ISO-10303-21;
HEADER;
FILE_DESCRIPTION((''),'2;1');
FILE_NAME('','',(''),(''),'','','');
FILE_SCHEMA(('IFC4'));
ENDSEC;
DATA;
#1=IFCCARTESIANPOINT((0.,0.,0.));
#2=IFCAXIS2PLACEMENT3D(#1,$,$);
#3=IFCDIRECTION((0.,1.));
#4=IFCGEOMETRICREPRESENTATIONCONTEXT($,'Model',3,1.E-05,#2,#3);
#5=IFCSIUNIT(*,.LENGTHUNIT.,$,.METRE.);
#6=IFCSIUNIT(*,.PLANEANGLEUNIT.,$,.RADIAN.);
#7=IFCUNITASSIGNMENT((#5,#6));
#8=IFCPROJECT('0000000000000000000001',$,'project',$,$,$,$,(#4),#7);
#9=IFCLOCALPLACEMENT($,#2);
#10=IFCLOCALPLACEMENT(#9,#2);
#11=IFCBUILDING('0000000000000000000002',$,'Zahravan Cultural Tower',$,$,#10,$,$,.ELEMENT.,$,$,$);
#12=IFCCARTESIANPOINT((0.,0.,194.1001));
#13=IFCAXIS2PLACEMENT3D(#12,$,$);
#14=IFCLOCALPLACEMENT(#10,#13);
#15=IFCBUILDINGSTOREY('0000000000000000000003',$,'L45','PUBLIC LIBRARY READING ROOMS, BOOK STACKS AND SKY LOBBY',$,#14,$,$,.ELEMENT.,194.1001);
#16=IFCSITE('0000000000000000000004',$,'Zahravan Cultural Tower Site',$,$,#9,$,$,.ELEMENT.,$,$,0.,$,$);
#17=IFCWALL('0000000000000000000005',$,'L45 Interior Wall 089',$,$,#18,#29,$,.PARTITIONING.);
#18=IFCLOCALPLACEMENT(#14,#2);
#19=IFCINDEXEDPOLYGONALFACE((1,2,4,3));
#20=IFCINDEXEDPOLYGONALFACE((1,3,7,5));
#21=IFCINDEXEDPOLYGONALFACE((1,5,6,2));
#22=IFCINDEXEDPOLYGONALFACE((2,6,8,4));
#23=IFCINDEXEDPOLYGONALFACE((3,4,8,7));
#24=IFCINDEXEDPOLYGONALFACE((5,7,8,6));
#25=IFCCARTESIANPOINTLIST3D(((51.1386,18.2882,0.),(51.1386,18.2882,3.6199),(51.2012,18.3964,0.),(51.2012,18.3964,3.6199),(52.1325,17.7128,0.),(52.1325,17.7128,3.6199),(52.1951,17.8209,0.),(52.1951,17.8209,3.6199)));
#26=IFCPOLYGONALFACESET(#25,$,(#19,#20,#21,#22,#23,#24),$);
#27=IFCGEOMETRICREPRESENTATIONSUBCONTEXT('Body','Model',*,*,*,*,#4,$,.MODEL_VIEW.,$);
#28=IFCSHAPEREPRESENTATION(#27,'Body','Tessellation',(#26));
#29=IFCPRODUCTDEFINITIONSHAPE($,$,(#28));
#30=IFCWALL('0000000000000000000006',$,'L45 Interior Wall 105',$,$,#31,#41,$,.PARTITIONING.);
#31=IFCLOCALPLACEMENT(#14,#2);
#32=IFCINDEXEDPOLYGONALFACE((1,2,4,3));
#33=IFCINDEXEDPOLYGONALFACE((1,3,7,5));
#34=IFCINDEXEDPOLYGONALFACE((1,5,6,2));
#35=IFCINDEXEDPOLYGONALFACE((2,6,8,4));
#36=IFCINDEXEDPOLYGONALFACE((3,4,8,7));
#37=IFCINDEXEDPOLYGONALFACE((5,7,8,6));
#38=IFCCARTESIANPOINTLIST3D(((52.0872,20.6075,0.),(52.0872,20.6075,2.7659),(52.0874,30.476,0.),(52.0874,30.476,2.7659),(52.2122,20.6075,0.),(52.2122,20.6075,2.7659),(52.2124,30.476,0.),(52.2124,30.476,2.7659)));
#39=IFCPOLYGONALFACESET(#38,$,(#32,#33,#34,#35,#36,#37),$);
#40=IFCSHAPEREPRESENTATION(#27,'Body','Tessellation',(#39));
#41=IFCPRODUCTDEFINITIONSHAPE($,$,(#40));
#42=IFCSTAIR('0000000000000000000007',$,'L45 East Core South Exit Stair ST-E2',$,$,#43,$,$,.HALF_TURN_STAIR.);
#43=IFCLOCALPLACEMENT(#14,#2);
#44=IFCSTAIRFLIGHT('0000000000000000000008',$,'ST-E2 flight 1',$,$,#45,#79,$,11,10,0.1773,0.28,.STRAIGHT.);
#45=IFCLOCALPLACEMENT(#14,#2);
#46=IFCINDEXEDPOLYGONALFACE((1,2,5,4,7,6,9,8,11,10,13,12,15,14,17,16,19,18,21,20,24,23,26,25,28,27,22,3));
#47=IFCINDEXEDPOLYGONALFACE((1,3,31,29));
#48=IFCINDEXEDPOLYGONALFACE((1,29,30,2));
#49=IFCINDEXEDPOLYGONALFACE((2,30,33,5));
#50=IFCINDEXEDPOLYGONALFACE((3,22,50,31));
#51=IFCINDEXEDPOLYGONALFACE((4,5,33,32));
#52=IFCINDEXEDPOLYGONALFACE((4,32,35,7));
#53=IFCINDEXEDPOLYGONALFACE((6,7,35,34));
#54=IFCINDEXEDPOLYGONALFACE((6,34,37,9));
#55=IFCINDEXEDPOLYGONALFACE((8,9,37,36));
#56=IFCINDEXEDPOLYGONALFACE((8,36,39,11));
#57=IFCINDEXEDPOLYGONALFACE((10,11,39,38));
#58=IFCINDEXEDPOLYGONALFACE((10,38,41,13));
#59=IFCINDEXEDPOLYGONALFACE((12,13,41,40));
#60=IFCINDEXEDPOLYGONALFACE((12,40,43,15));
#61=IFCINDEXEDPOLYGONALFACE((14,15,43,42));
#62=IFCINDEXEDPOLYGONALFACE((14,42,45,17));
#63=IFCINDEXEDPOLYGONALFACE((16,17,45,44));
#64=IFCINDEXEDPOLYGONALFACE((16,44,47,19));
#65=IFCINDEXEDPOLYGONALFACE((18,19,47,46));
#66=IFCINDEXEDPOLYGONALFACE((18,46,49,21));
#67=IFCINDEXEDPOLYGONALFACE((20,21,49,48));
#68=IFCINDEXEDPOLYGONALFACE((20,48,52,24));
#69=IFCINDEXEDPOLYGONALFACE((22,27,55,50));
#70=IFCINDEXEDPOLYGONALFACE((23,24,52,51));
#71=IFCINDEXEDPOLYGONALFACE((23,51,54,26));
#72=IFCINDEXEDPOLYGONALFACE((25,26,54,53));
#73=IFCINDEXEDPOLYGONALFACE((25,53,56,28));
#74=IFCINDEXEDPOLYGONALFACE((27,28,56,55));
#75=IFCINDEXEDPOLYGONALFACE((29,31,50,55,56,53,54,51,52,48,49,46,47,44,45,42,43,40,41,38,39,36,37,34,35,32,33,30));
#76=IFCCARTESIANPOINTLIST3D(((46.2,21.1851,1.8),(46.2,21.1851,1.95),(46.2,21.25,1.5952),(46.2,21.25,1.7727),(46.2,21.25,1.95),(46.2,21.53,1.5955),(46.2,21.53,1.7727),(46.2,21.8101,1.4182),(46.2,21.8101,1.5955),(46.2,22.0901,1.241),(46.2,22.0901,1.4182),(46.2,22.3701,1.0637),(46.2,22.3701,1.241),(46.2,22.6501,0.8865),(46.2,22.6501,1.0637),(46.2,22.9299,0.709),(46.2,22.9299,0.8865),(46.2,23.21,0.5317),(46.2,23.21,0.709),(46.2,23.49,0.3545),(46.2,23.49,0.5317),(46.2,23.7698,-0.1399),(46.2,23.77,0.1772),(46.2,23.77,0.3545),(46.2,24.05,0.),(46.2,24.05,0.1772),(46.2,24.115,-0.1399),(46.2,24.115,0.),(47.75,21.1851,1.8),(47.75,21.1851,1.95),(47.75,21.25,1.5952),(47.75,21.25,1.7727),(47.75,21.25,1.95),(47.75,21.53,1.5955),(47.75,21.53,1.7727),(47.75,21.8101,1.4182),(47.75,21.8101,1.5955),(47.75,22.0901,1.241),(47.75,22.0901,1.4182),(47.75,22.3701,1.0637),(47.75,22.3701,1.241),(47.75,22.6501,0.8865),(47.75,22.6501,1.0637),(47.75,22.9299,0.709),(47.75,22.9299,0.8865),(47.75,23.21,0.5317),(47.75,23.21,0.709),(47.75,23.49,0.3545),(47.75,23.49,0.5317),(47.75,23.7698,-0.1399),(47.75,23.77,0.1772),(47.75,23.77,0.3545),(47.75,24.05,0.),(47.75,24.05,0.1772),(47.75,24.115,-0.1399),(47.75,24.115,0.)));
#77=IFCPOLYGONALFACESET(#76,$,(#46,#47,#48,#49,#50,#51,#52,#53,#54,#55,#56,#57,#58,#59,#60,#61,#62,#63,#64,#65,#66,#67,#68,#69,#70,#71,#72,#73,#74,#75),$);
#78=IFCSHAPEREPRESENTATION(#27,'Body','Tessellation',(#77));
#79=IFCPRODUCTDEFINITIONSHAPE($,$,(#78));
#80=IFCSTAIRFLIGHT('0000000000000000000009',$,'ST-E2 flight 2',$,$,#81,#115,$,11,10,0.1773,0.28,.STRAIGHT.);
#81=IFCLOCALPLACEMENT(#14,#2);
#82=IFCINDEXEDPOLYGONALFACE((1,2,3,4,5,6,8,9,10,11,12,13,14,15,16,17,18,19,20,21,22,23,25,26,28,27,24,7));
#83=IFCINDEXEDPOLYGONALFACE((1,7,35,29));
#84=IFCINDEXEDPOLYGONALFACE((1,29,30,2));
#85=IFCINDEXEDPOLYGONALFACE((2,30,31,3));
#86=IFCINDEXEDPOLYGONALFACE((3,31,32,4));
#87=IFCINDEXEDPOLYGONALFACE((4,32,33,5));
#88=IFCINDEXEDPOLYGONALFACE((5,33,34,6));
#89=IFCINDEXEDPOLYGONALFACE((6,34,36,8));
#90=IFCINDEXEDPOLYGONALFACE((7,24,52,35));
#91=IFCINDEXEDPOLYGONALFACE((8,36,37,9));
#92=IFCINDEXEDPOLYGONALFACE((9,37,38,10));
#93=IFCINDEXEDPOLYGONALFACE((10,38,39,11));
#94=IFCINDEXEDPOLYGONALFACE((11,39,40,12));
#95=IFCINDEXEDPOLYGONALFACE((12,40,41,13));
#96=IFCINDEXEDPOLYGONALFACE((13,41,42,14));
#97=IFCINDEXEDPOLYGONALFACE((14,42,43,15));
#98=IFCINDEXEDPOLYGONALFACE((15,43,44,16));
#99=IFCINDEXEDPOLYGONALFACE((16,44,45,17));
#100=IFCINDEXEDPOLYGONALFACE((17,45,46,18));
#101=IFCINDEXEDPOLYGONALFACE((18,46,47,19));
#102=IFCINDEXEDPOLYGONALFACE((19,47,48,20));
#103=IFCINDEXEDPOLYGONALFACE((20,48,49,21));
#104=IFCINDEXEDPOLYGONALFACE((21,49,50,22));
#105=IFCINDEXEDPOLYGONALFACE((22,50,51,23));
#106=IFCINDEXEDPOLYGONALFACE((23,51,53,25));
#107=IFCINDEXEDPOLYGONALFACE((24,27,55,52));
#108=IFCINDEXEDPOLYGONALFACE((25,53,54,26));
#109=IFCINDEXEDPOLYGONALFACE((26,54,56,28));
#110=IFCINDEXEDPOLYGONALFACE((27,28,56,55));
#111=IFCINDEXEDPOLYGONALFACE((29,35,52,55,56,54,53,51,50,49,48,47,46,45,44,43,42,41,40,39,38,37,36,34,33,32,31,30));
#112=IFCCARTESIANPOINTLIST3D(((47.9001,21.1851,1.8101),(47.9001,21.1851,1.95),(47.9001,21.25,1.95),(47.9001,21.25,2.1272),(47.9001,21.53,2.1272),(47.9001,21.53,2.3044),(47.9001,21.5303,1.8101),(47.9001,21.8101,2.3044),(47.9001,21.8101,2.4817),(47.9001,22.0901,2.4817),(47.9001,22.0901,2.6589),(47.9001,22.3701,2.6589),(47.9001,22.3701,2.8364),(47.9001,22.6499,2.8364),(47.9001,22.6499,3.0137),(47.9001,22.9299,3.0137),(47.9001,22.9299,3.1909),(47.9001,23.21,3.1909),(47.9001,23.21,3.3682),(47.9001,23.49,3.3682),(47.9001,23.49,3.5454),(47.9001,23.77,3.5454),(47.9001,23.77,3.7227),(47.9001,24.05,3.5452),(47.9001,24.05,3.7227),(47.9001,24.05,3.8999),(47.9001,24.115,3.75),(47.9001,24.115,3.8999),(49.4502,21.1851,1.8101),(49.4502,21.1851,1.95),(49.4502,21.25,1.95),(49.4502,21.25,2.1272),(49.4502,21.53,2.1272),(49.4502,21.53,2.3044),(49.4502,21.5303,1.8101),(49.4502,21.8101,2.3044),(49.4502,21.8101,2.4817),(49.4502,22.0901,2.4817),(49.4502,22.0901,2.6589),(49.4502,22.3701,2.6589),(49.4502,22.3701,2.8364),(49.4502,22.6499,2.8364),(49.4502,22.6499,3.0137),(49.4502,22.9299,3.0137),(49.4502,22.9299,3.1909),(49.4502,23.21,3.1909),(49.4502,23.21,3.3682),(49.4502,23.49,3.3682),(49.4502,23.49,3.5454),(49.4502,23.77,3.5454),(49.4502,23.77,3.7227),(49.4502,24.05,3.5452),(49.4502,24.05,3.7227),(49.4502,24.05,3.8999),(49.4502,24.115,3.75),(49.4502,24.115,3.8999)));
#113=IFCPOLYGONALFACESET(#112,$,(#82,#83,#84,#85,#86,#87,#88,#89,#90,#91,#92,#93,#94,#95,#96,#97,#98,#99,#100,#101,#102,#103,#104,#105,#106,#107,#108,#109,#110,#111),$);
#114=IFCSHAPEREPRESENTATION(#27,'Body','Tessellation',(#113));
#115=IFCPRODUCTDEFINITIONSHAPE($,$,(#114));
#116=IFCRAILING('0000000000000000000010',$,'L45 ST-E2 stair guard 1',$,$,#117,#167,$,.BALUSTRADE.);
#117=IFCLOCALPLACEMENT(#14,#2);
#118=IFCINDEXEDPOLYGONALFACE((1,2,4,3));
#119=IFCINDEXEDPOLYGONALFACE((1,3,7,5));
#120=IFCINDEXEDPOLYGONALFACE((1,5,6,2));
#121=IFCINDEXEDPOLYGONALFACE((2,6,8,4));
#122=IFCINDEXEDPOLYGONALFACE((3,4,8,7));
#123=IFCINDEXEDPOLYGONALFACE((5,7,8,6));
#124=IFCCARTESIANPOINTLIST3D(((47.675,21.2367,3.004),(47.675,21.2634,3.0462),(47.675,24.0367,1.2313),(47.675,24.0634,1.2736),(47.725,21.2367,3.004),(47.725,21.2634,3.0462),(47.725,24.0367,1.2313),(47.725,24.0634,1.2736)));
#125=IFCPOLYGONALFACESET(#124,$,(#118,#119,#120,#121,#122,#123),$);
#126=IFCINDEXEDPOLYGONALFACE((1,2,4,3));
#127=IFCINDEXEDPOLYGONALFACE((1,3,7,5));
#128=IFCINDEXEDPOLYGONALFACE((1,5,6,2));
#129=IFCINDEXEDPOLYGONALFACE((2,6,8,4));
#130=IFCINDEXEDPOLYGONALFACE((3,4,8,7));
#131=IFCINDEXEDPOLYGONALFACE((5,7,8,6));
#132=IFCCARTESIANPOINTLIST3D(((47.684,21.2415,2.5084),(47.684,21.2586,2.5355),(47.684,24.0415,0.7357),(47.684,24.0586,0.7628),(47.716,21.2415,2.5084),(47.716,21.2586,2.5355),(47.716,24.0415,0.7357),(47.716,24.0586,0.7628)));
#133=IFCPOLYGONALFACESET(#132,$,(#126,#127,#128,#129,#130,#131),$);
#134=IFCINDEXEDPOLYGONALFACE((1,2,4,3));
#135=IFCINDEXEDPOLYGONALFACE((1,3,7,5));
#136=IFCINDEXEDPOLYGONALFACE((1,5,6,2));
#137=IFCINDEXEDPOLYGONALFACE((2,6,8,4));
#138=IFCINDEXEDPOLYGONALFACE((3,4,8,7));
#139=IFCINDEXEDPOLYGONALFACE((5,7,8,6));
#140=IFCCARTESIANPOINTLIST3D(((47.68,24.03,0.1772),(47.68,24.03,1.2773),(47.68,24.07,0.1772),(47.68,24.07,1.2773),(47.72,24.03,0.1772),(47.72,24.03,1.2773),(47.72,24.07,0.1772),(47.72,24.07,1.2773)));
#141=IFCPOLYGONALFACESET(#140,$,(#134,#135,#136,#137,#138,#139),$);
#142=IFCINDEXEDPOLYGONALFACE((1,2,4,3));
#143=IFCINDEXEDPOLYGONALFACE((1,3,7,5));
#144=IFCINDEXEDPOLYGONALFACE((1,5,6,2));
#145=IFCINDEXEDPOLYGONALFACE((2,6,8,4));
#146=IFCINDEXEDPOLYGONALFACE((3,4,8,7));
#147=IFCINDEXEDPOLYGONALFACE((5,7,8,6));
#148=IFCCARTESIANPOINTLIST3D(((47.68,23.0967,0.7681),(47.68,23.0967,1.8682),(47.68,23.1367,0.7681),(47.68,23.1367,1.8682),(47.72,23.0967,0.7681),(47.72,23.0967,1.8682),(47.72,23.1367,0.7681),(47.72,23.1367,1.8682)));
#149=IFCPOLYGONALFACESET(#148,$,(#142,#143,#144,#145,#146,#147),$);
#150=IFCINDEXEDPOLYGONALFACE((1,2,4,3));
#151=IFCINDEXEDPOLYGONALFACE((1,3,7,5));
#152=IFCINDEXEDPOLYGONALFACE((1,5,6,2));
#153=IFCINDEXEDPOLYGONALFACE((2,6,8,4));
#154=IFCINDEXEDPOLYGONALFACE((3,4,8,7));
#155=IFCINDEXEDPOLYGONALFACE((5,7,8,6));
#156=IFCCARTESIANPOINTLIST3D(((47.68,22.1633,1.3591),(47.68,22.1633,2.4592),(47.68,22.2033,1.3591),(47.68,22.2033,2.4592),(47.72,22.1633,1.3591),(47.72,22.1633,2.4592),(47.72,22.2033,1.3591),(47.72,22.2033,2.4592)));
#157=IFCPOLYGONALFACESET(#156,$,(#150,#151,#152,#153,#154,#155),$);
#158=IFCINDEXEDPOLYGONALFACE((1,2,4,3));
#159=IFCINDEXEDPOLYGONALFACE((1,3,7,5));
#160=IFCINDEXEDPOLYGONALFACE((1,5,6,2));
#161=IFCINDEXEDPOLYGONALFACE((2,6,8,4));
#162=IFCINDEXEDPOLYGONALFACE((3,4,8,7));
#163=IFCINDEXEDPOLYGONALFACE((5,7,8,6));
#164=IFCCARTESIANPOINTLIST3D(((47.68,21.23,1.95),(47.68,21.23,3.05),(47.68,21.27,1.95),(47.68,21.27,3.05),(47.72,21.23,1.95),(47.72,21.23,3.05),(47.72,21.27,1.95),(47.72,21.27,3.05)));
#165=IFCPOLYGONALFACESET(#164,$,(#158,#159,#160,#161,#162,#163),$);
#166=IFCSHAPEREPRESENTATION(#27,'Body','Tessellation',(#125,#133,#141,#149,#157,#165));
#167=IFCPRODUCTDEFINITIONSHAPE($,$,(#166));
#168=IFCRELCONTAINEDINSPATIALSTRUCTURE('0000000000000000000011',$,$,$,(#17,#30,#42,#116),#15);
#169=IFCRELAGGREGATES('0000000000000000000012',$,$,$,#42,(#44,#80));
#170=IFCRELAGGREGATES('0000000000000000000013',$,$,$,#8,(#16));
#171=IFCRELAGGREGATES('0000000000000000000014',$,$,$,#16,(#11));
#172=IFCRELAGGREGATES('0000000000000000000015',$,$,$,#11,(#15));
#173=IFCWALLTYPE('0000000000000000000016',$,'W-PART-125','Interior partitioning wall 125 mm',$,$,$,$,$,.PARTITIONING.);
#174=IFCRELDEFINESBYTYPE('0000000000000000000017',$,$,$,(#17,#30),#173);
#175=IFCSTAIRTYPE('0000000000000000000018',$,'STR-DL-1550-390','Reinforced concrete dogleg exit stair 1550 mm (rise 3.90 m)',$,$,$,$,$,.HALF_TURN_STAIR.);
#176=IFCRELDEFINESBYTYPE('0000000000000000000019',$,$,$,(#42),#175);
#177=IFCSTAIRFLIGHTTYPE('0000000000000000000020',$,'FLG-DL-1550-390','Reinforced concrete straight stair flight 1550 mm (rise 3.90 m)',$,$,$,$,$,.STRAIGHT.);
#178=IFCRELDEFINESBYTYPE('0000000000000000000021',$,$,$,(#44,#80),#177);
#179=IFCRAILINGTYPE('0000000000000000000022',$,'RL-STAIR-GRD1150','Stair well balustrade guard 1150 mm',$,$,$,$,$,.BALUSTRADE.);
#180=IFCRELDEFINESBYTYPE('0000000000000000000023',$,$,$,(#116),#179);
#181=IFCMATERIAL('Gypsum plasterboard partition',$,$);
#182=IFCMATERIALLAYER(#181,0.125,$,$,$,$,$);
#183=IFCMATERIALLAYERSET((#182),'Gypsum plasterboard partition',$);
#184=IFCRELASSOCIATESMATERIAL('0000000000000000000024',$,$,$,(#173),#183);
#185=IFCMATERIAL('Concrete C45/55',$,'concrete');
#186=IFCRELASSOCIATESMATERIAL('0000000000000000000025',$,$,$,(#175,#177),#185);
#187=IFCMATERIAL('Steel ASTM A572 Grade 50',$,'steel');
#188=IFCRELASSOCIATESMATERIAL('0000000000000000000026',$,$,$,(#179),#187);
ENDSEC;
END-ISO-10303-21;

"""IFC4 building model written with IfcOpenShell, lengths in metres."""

from ifc_helpers import new_model, si_unit, direction, frame, frame_2d, origin, origin_2d, place, context, subcontext, project, spatial, polyline, rectangle, outline, extrude, source, transform, mapped, material, layer, layer_set, type_object, element, aggregate, save


model = new_model("IFC4")

# Units and contexts
model_context = context("Model", 3, precision=1e-05, world=origin(), true_north=direction((0.0, 1.0)))
body_context = subcontext(model_context, "Body", "Model", "MODEL_VIEW")
ifc_project = project(units=[si_unit("LENGTHUNIT", "METRE"), si_unit("PLANEANGLEUNIT", "RADIAN")], contexts=[model_context])

# Site, building, storey
site_placement = place(None, origin())
site = spatial("IfcSite", under=ifc_project, at=site_placement, Name="Zahravan Cultural Tower Site", CompositionType="ELEMENT", RefElevation=0.0)
building_placement = place(site_placement, origin())
building = spatial("IfcBuilding", under=site, at=building_placement, Name="Zahravan Cultural Tower", CompositionType="ELEMENT")
storey_placement = place(building_placement, frame((0.0, 0.0, 194.1001)))
storey = spatial("IfcBuildingStorey", under=building, at=storey_placement, Name="L45", Description="PUBLIC LIBRARY READING ROOMS, BOOK STACKS AND SKY LOBBY", CompositionType="ELEMENT", Elevation=194.1001)

# Shared definitions
ifc_material_1 = material(Name="Gypsum plasterboard partition")
ifc_material_2 = material(Name="Steel ASTM A572 Grade 50", Category="steel")

# Walls
ifc_material_3 = material(Name="Concrete C45/55", Category="concrete")
ifc_layer_1 = layer(ifc_material_1, 0.125)
ifc_layer_set_1 = layer_set([ifc_layer_1], Name="Gypsum plasterboard partition")
wall_type_1 = type_object("IfcWallType", Name="W-PART-125", Description="Interior partitioning wall 125 mm", PredefinedType="PARTITIONING", material=ifc_layer_set_1)
shared_shape_1 = source(origin(), body_context, "Body", "SweptSolid", [
    extrude(rectangle(XDim=1.1484, YDim=0.125, at=frame_2d((0.5742, 0.0))), origin(), (0.0, 0.0, 1.0), 3.6199),
])
wall_1_placement = place(storey_placement, frame((51.1699, 18.3423, 0.0), z_axis=(0.0, 0.0, 1.0), x_axis=(0.865417, -0.501053, 0.0)))
element("IfcWall", 1, at=wall_1_placement, inside=storey, type_object=wall_type_1, Name="L45 Interior Wall 089", PredefinedType="PARTITIONING", context=body_context, shape_type="MappedRepresentation", body=[
    mapped(shared_shape_1, transform((0.0, 0.0, 0.0), x_axis=(1.0, 0.0, 0.0), y_axis=(0.0, 1.0, 0.0), z_axis=(0.0, 0.0, 1.0), scale=1.0)),
])
shared_shape_2 = source(origin(), body_context, "Body", "SweptSolid", [
    extrude(rectangle(XDim=9.8684, YDim=0.125, at=frame_2d((4.9341, 0.0))), origin(), (0.0, 0.0, 1.0), 2.7659),
])
wall_2_placement = place(storey_placement, frame((52.1497, 20.6077, 0.0), z_axis=(0.0, 0.0, 1.0), x_axis=(0.000025, 1.0, 0.0)))
element("IfcWall", 2, at=wall_2_placement, inside=storey, type_object=wall_type_1, Name="L45 Interior Wall 105", PredefinedType="PARTITIONING", context=body_context, shape_type="MappedRepresentation", body=[
    mapped(shared_shape_2, transform((0.0, 0.0, 0.0), x_axis=(1.0, 0.0, 0.0), y_axis=(0.0, 1.0, 0.0), z_axis=(0.0, 0.0, 1.0), scale=1.0)),
])

# Stair, stair flights
stair_type = type_object("IfcStairType", Name="STR-DL-1550-390", Description="Reinforced concrete dogleg exit stair 1550 mm (rise 3.90 m)", PredefinedType="HALF_TURN_STAIR", material=ifc_material_3)
stair_placement = place(storey_placement, origin())
stair = element("IfcStair", 3, at=stair_placement, inside=storey, type_object=stair_type, Name="L45 East Core South Exit Stair ST-E2", PredefinedType="HALF_TURN_STAIR")
stair_flight_type = type_object("IfcStairFlightType", Name="FLG-DL-1550-390", Description="Reinforced concrete straight stair flight 1550 mm (rise 3.90 m)", PredefinedType="STRAIGHT", material=ifc_material_3)
stair_flight_1_placement = place(storey_placement, frame((46.9751, 24.05, 0.0), z_axis=(0.0, 0.0, 1.0), x_axis=(0.0, -1.0, 0.0)))
stair_flight_1 = element("IfcStairFlight", 4, at=stair_flight_1_placement, type_object=stair_flight_type, Name="ST-E2 flight 1", NumberOfRisers=11, NumberOfTreads=10, PredefinedType="STRAIGHT", RiserHeight=0.1773, TreadLength=0.28, context=body_context, shape_type="SweptSolid", body=[
    extrude(outline(polyline([(-0.0649, -0.1399), (-0.0649, 0.0), (0.0, 0.0), (0.0, 0.1772), (0.28, 0.1772), (0.28, 0.3545), (0.5601, 0.3545), (0.5601, 0.5317), (0.8401, 0.5317), (0.8401, 0.709), (1.1201, 0.709), (1.1201, 0.8865), (1.3999, 0.8865), (1.3999, 1.0637), (1.6799, 1.0637), (1.6799, 1.241), (1.96, 1.241), (1.96, 1.4182), (2.24, 1.4182), (2.24, 1.5955), (2.52, 1.5955), (2.52, 1.7727), (2.8, 1.7727), (2.8, 1.95), (2.865, 1.95), (2.865, 1.8), (2.8, 1.5952), (0.2803, -0.1399), (-0.0649, -0.1399)])), frame((0.0, 0.7749, 0.0), z_axis=(0.0, -1.0, 0.0), x_axis=(1.0, 0.0, 0.0)), (0.0, 0.0, 1.0), 1.55),
])
stair_flight_2_placement = place(storey_placement, frame((48.675, 21.25, 1.95), z_axis=(0.0, 0.0, 1.0), x_axis=(0.0, 1.0, 0.0)))
stair_flight_2 = element("IfcStairFlight", 5, at=stair_flight_2_placement, type_object=stair_flight_type, Name="ST-E2 flight 2", NumberOfRisers=11, NumberOfTreads=10, PredefinedType="STRAIGHT", RiserHeight=0.1773, TreadLength=0.28, context=body_context, shape_type="SweptSolid", body=[
    extrude(outline(polyline([(-0.0649, -0.1399), (-0.0649, 0.0), (0.0, 0.0), (0.0, 0.1772), (0.28, 0.1772), (0.28, 0.3545), (0.5601, 0.3545), (0.5601, 0.5317), (0.8401, 0.5317), (0.8401, 0.709), (1.1201, 0.709), (1.1201, 0.8865), (1.3999, 0.8865), (1.3999, 1.0637), (1.6799, 1.0637), (1.6799, 1.241), (1.96, 1.241), (1.96, 1.4182), (2.24, 1.4182), (2.24, 1.5955), (2.52, 1.5955), (2.52, 1.7727), (2.8, 1.7727), (2.8, 1.95), (2.865, 1.95), (2.865, 1.8), (2.8, 1.5952), (0.2803, -0.1399), (-0.0649, -0.1399)])), frame((0.0, 0.7749, 0.0), z_axis=(0.0, -1.0, 0.0), x_axis=(1.0, 0.0, 0.0)), (0.0, 0.0, 1.0), 1.55),
])
aggregate(stair, [stair_flight_1, stair_flight_2])

# Railing
railing_type_1 = type_object("IfcRailingType", Name="RL-STAIR-GRD1150", Description="Stair well balustrade guard 1150 mm", PredefinedType="BALUSTRADE", material=ifc_material_2)
railing_1_placement = place(storey_placement, frame((47.7, 24.05, 0.1772)))
element("IfcRailing", 6, at=railing_1_placement, inside=storey, type_object=railing_type_1, Name="L45 ST-E2 stair guard 1", PredefinedType="BALUSTRADE", context=body_context, shape_type="SweptSolid", body=[
    extrude(rectangle(XDim=0.05, YDim=0.05, at=origin_2d()), frame((0.0, 0.0, 1.0752), z_axis=(0.0, -0.844909, 0.53491), x_axis=(1.0, 0.0, 0.0)), (0.0, 0.0, 1.0), 3.314),
    extrude(rectangle(XDim=0.032, YDim=0.032, at=origin_2d()), frame((0.0, 0.0, 0.572), z_axis=(0.0, -0.844909, 0.53491), x_axis=(1.0, 0.0, 0.0)), (0.0, 0.0, 1.0), 3.314),
    extrude(rectangle(XDim=0.04, YDim=0.04, at=origin_2d()), origin(), (0.0, 0.0, 1.0), 1.1001),
    extrude(rectangle(XDim=0.04, YDim=0.04, at=origin_2d()), frame((0.0, -0.9333, 0.5908)), (0.0, 0.0, 1.0), 1.1001),
    extrude(rectangle(XDim=0.04, YDim=0.04, at=origin_2d()), frame((0.0, -1.8667, 1.1819)), (0.0, 0.0, 1.0), 1.1001),
    extrude(rectangle(XDim=0.04, YDim=0.04, at=origin_2d()), frame((0.0, -2.8, 1.7727)), (0.0, 0.0, 1.0), 1.1001),
])

save(model, "model.ifc")
